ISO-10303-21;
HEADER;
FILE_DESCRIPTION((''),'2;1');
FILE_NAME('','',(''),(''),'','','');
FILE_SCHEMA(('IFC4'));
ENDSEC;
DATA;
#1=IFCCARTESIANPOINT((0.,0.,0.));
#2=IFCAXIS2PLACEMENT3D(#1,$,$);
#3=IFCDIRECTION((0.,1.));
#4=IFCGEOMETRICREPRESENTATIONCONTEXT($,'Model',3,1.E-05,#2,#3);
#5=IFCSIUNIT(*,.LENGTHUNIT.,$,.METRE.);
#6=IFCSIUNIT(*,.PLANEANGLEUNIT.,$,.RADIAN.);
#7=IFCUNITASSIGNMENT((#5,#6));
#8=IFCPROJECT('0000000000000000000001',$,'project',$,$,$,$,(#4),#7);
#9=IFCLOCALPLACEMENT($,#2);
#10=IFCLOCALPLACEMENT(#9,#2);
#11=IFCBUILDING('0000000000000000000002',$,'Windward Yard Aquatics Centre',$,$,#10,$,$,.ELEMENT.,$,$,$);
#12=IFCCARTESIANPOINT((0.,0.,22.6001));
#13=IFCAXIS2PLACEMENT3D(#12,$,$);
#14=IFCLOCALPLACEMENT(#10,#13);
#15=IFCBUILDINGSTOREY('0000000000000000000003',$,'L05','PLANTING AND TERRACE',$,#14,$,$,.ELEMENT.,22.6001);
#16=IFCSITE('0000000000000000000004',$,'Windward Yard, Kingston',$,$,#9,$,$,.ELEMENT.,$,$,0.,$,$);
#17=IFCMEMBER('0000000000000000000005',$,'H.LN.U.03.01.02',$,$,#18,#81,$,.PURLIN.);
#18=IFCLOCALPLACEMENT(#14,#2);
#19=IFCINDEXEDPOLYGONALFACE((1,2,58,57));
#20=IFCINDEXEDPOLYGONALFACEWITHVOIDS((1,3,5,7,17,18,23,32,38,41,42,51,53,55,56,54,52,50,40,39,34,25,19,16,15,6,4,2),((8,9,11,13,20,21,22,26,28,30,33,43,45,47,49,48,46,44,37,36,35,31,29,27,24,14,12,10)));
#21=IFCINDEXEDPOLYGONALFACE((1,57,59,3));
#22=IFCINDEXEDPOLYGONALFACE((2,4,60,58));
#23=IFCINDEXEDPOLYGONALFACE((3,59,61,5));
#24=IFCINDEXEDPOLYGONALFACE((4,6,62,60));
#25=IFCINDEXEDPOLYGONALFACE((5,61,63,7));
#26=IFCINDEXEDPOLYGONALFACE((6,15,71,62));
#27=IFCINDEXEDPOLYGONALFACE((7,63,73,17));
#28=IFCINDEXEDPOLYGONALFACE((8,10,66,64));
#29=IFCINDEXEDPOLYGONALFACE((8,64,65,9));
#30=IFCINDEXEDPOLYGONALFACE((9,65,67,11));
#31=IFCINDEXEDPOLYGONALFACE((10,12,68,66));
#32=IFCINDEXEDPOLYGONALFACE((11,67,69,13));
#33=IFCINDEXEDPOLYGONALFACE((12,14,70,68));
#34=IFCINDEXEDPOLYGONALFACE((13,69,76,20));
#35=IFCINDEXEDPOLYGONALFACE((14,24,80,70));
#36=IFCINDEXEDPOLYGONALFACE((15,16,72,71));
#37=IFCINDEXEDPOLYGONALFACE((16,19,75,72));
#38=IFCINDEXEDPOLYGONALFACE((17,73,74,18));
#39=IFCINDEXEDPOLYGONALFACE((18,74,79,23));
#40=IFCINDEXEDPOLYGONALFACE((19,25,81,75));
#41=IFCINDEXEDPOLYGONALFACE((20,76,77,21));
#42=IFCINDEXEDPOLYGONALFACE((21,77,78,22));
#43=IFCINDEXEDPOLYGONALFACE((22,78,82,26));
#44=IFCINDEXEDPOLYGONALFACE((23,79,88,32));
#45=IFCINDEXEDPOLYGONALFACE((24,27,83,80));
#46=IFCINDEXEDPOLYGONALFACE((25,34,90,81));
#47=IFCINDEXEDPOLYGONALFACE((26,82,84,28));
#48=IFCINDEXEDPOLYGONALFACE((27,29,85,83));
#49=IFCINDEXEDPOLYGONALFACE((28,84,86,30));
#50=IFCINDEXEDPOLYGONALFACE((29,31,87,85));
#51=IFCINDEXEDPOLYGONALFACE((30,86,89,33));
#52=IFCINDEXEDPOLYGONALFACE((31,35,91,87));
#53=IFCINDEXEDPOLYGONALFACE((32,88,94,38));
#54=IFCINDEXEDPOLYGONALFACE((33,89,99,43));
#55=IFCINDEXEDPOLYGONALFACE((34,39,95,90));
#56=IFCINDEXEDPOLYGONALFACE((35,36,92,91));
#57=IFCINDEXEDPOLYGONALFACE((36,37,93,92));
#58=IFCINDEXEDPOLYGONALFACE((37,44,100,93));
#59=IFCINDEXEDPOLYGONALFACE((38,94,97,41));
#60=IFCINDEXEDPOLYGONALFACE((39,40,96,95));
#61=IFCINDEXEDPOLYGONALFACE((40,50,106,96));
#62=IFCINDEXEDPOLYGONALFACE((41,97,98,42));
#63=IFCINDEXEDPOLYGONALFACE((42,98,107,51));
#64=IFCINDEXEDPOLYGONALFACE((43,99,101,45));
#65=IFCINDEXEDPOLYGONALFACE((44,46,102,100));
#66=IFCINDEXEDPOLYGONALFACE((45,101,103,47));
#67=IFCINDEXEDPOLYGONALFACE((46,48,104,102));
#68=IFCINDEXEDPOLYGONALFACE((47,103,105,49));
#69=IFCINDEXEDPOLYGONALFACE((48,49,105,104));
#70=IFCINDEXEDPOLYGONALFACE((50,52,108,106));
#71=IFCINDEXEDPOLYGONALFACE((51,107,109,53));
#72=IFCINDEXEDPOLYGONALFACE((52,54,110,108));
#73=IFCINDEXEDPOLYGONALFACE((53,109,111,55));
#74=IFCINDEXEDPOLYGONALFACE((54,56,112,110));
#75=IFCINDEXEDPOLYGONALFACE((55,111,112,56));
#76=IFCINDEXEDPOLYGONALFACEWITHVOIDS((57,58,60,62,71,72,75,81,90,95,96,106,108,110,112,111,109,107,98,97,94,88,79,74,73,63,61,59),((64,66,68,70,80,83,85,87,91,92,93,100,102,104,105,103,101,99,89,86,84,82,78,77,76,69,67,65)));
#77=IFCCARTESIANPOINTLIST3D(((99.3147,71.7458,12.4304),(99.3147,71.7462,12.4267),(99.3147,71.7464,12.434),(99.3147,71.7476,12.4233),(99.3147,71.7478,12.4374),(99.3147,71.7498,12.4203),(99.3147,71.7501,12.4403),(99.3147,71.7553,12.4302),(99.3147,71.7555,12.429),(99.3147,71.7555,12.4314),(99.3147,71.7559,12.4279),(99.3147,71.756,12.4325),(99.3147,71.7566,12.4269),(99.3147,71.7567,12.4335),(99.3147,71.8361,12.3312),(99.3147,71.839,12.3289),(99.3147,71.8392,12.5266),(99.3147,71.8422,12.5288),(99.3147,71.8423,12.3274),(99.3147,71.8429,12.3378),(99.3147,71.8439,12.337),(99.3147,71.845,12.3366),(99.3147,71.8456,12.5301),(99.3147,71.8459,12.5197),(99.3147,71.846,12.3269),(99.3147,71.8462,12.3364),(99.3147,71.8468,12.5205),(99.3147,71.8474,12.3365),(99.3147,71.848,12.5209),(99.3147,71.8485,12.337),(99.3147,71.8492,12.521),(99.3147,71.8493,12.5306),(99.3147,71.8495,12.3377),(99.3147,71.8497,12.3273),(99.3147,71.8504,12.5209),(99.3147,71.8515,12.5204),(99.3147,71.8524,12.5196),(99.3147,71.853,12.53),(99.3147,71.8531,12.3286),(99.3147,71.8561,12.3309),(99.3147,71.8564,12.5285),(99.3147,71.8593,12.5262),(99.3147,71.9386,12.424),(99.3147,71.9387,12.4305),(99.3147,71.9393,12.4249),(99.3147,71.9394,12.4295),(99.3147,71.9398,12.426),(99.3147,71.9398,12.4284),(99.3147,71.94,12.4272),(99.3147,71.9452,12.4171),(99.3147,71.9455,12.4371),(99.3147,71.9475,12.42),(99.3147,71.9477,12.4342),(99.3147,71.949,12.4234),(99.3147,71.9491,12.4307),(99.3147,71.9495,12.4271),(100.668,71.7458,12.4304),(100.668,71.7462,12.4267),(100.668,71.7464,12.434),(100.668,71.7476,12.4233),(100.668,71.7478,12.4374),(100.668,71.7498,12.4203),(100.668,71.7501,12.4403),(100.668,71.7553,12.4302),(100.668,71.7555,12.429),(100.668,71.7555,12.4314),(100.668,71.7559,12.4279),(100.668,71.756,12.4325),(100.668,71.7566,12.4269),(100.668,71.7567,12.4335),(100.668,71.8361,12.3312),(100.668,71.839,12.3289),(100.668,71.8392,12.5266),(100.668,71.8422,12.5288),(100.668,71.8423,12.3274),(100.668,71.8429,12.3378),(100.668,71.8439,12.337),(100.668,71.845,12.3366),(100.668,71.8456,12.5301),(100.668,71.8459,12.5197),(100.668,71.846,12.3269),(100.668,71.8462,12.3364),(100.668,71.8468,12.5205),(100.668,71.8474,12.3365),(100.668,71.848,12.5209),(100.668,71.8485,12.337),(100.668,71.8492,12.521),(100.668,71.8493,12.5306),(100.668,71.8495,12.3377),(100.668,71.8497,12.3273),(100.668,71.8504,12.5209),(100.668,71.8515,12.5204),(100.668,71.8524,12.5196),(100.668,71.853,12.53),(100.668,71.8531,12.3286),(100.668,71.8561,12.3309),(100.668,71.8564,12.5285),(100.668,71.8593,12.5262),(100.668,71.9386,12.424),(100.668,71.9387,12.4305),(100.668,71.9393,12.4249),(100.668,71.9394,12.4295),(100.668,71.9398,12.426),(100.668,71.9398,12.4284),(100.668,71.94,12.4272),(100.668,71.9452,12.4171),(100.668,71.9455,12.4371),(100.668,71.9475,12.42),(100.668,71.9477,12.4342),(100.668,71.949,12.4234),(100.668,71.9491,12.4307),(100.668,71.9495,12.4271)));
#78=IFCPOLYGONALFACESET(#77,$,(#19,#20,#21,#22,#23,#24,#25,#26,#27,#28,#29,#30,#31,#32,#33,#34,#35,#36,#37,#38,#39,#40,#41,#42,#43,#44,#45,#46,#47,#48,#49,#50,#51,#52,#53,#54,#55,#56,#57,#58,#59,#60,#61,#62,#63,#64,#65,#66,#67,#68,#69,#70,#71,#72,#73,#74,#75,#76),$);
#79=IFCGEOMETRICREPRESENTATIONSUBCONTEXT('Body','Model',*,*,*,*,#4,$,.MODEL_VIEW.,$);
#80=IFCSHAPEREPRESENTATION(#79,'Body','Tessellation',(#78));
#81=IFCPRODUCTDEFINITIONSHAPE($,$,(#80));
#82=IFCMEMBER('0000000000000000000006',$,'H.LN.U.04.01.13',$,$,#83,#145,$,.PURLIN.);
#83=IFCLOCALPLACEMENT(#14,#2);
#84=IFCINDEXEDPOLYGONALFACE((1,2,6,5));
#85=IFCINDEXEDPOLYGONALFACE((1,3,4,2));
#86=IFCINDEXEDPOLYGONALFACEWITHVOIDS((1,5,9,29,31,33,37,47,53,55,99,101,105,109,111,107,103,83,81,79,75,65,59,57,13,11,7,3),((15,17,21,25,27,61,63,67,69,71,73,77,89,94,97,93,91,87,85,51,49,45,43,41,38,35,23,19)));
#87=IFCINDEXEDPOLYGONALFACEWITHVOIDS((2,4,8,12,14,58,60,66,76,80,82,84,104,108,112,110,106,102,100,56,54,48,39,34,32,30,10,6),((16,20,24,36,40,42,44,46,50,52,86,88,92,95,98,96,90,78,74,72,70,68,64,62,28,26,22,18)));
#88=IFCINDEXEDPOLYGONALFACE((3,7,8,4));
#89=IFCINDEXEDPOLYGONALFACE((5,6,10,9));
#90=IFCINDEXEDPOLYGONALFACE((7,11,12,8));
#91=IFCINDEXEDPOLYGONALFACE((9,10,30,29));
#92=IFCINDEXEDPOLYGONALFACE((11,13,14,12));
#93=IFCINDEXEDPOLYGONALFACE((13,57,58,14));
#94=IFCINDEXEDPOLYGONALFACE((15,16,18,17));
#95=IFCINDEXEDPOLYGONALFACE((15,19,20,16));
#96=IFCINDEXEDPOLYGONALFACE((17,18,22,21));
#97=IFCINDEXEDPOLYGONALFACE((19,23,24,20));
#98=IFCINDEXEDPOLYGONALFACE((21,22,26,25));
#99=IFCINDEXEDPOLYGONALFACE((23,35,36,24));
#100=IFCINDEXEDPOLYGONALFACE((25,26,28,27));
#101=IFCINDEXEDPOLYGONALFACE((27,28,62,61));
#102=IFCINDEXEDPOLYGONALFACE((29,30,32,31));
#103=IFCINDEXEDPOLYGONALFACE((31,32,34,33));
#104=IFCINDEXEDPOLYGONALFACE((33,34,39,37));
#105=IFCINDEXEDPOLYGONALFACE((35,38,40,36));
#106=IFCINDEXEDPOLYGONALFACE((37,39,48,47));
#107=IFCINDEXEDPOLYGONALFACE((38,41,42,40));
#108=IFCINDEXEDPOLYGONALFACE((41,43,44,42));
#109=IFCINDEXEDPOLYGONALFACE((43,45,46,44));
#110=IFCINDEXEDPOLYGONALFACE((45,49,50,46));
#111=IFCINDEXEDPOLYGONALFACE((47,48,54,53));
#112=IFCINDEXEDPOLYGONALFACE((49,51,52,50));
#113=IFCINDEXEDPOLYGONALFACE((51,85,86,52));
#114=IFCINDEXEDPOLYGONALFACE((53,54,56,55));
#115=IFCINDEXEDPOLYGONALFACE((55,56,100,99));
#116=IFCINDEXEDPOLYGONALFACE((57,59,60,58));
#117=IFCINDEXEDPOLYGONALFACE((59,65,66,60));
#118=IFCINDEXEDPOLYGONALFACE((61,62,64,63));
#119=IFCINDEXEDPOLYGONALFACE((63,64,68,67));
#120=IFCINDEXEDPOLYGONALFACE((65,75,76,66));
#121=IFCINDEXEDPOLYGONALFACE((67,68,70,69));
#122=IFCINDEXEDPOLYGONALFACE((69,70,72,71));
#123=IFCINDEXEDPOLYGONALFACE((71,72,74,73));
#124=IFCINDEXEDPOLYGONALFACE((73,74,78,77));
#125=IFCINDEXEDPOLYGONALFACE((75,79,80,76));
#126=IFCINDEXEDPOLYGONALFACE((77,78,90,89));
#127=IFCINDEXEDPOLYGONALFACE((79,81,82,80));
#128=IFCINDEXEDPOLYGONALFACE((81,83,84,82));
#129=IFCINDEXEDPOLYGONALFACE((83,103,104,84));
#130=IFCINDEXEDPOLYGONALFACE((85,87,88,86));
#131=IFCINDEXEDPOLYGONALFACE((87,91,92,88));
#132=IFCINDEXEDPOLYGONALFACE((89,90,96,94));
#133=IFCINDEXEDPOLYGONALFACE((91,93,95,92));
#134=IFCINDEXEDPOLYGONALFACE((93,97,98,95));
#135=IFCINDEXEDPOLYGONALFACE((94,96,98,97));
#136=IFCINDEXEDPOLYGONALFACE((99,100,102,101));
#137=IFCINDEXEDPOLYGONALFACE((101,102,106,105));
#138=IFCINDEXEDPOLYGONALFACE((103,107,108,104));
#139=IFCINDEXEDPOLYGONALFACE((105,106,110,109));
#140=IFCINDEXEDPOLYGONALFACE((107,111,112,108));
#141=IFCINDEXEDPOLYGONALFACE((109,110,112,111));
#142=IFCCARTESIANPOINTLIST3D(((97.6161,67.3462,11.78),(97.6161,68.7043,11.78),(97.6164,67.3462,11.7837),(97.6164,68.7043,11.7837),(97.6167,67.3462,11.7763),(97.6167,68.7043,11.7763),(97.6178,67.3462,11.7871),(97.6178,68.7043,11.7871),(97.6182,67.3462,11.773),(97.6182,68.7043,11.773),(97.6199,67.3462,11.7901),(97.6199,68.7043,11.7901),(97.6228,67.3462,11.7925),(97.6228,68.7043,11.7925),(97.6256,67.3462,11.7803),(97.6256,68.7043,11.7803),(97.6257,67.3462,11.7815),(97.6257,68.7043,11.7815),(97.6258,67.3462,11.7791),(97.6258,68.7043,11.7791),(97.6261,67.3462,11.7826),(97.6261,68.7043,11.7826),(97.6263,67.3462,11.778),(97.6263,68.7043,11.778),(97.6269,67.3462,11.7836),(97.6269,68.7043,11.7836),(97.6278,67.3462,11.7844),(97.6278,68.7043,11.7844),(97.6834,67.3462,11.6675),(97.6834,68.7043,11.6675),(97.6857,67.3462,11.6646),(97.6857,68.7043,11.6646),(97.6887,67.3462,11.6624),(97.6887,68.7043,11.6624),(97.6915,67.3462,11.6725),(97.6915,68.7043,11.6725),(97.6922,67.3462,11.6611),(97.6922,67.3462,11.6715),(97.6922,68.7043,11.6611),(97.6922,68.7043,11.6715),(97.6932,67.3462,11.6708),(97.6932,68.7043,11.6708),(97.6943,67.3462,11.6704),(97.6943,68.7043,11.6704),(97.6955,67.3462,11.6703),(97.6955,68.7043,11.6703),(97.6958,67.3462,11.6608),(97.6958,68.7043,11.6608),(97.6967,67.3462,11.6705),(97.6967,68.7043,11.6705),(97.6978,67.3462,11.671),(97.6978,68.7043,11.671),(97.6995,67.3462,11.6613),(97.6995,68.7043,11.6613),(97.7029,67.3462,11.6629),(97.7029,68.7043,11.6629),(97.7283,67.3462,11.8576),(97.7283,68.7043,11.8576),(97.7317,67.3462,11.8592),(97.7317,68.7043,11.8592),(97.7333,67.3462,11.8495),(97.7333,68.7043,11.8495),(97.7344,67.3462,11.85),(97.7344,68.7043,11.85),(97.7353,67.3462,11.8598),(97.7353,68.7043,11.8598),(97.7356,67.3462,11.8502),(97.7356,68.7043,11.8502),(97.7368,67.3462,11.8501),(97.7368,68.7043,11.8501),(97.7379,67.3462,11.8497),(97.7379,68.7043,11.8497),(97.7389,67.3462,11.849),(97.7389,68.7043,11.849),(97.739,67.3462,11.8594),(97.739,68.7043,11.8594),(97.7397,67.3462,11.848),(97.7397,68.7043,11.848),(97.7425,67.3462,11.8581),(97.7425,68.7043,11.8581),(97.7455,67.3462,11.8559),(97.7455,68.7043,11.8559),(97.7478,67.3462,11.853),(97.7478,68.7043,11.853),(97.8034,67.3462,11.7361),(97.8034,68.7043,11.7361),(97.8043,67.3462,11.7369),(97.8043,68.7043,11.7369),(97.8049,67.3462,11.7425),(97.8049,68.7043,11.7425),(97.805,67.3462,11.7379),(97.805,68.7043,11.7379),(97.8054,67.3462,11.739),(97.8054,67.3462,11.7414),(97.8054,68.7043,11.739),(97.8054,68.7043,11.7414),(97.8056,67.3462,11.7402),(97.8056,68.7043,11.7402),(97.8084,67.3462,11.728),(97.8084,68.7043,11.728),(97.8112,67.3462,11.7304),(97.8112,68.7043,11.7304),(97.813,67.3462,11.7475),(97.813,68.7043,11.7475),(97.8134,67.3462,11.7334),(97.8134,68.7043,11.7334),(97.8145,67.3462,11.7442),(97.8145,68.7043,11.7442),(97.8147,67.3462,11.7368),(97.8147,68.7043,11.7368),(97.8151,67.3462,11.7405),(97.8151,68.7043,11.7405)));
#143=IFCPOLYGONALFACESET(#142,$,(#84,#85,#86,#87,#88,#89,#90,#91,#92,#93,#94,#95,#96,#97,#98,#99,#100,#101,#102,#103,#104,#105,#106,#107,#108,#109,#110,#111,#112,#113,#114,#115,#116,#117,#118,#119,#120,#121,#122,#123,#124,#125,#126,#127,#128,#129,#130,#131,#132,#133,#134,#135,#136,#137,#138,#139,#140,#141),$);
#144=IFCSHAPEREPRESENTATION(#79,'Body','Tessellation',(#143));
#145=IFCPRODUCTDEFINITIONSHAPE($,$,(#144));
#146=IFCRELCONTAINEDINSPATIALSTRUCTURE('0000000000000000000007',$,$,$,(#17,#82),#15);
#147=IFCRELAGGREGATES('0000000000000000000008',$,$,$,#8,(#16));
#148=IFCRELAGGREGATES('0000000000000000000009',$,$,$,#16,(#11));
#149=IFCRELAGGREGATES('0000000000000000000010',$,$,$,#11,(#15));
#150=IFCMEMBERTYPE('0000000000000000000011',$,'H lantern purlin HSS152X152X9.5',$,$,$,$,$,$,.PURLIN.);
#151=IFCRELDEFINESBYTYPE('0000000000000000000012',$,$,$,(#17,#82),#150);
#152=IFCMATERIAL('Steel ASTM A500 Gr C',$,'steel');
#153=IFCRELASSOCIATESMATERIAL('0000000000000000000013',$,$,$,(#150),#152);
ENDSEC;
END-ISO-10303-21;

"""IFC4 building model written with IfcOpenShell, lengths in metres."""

from ifc_helpers import new_model, si_unit, direction, frame, origin, origin_2d, place, context, subcontext, project, spatial, hollow_rectangle, extrude, material, material_profile, profile_set, type_object, element, save


model = new_model("IFC4")

# Units and contexts
model_context = context("Model", 3, precision=1e-05, world=origin(), true_north=direction((0.0, 1.0)))
body_context = subcontext(model_context, "Body", "Model", "MODEL_VIEW")
ifc_project = project(units=[si_unit("LENGTHUNIT", "METRE"), si_unit("PLANEANGLEUNIT", "RADIAN")], contexts=[model_context])

# Site, building, storey
site_placement = place(None, origin())
site = spatial("IfcSite", under=ifc_project, at=site_placement, Name="Windward Yard, Kingston", CompositionType="ELEMENT", RefElevation=0.0)
building_placement = place(site_placement, origin())
building = spatial("IfcBuilding", under=site, at=building_placement, Name="Windward Yard Aquatics Centre", CompositionType="ELEMENT")
storey_placement = place(building_placement, frame((0.0, 0.0, 22.6001)))
storey = spatial("IfcBuildingStorey", under=building, at=storey_placement, Name="L05", Description="PLANTING AND TERRACE", CompositionType="ELEMENT", Elevation=22.6001)

# Members
ifc_material_1 = material(Name="Steel ASTM A500 Gr C", Category="steel")
ifc_material_profile_1 = material_profile(ifc_material_1, hollow_rectangle(XDim=0.1523, YDim=0.1523, WallThickness=0.0095, InnerFilletRadius=0.0046, OuterFilletRadius=0.0142, at=origin_2d()), Name="HSS152X152X9.5")
ifc_profile_set_1 = profile_set([ifc_material_profile_1], Name="Steel ASTM A500 Gr C")
member_type_1 = type_object("IfcMemberType", Name="H lantern purlin HSS152X152X9.5", PredefinedType="PURLIN", material=ifc_profile_set_1)
member_1_placement = place(storey_placement, frame((99.3147, 71.8477, 12.4287), z_axis=(1.0, 0.0, 0.0), x_axis=(0.0, 0.69555, -0.718477)))
element("IfcMember", 1, at=member_1_placement, inside=storey, type_object=member_type_1, Name="H.LN.U.03.01.02", PredefinedType="PURLIN", context=body_context, shape_type="SweptSolid", body=[
    extrude(hollow_rectangle(XDim=0.1523, YDim=0.1523, WallThickness=0.0095, InnerFilletRadius=0.0046, OuterFilletRadius=0.0142, at=origin_2d()), origin(), (0.0, 0.0, 1.0), 1.3533),
])
member_2_placement = place(storey_placement, frame((97.7156, 67.3462, 11.7603), z_axis=(0.0, 1.0, 0.0), x_axis=(-0.850755, 0.0, -0.525562)))
element("IfcMember", 2, at=member_2_placement, inside=storey, type_object=member_type_1, Name="H.LN.U.04.01.13", PredefinedType="PURLIN", context=body_context, shape_type="SweptSolid", body=[
    extrude(hollow_rectangle(XDim=0.1523, YDim=0.1523, WallThickness=0.0095, InnerFilletRadius=0.0046, OuterFilletRadius=0.0142, at=origin_2d()), origin(), (0.0, 0.0, 1.0), 1.3582),
])

save(model, "model.ifc")
